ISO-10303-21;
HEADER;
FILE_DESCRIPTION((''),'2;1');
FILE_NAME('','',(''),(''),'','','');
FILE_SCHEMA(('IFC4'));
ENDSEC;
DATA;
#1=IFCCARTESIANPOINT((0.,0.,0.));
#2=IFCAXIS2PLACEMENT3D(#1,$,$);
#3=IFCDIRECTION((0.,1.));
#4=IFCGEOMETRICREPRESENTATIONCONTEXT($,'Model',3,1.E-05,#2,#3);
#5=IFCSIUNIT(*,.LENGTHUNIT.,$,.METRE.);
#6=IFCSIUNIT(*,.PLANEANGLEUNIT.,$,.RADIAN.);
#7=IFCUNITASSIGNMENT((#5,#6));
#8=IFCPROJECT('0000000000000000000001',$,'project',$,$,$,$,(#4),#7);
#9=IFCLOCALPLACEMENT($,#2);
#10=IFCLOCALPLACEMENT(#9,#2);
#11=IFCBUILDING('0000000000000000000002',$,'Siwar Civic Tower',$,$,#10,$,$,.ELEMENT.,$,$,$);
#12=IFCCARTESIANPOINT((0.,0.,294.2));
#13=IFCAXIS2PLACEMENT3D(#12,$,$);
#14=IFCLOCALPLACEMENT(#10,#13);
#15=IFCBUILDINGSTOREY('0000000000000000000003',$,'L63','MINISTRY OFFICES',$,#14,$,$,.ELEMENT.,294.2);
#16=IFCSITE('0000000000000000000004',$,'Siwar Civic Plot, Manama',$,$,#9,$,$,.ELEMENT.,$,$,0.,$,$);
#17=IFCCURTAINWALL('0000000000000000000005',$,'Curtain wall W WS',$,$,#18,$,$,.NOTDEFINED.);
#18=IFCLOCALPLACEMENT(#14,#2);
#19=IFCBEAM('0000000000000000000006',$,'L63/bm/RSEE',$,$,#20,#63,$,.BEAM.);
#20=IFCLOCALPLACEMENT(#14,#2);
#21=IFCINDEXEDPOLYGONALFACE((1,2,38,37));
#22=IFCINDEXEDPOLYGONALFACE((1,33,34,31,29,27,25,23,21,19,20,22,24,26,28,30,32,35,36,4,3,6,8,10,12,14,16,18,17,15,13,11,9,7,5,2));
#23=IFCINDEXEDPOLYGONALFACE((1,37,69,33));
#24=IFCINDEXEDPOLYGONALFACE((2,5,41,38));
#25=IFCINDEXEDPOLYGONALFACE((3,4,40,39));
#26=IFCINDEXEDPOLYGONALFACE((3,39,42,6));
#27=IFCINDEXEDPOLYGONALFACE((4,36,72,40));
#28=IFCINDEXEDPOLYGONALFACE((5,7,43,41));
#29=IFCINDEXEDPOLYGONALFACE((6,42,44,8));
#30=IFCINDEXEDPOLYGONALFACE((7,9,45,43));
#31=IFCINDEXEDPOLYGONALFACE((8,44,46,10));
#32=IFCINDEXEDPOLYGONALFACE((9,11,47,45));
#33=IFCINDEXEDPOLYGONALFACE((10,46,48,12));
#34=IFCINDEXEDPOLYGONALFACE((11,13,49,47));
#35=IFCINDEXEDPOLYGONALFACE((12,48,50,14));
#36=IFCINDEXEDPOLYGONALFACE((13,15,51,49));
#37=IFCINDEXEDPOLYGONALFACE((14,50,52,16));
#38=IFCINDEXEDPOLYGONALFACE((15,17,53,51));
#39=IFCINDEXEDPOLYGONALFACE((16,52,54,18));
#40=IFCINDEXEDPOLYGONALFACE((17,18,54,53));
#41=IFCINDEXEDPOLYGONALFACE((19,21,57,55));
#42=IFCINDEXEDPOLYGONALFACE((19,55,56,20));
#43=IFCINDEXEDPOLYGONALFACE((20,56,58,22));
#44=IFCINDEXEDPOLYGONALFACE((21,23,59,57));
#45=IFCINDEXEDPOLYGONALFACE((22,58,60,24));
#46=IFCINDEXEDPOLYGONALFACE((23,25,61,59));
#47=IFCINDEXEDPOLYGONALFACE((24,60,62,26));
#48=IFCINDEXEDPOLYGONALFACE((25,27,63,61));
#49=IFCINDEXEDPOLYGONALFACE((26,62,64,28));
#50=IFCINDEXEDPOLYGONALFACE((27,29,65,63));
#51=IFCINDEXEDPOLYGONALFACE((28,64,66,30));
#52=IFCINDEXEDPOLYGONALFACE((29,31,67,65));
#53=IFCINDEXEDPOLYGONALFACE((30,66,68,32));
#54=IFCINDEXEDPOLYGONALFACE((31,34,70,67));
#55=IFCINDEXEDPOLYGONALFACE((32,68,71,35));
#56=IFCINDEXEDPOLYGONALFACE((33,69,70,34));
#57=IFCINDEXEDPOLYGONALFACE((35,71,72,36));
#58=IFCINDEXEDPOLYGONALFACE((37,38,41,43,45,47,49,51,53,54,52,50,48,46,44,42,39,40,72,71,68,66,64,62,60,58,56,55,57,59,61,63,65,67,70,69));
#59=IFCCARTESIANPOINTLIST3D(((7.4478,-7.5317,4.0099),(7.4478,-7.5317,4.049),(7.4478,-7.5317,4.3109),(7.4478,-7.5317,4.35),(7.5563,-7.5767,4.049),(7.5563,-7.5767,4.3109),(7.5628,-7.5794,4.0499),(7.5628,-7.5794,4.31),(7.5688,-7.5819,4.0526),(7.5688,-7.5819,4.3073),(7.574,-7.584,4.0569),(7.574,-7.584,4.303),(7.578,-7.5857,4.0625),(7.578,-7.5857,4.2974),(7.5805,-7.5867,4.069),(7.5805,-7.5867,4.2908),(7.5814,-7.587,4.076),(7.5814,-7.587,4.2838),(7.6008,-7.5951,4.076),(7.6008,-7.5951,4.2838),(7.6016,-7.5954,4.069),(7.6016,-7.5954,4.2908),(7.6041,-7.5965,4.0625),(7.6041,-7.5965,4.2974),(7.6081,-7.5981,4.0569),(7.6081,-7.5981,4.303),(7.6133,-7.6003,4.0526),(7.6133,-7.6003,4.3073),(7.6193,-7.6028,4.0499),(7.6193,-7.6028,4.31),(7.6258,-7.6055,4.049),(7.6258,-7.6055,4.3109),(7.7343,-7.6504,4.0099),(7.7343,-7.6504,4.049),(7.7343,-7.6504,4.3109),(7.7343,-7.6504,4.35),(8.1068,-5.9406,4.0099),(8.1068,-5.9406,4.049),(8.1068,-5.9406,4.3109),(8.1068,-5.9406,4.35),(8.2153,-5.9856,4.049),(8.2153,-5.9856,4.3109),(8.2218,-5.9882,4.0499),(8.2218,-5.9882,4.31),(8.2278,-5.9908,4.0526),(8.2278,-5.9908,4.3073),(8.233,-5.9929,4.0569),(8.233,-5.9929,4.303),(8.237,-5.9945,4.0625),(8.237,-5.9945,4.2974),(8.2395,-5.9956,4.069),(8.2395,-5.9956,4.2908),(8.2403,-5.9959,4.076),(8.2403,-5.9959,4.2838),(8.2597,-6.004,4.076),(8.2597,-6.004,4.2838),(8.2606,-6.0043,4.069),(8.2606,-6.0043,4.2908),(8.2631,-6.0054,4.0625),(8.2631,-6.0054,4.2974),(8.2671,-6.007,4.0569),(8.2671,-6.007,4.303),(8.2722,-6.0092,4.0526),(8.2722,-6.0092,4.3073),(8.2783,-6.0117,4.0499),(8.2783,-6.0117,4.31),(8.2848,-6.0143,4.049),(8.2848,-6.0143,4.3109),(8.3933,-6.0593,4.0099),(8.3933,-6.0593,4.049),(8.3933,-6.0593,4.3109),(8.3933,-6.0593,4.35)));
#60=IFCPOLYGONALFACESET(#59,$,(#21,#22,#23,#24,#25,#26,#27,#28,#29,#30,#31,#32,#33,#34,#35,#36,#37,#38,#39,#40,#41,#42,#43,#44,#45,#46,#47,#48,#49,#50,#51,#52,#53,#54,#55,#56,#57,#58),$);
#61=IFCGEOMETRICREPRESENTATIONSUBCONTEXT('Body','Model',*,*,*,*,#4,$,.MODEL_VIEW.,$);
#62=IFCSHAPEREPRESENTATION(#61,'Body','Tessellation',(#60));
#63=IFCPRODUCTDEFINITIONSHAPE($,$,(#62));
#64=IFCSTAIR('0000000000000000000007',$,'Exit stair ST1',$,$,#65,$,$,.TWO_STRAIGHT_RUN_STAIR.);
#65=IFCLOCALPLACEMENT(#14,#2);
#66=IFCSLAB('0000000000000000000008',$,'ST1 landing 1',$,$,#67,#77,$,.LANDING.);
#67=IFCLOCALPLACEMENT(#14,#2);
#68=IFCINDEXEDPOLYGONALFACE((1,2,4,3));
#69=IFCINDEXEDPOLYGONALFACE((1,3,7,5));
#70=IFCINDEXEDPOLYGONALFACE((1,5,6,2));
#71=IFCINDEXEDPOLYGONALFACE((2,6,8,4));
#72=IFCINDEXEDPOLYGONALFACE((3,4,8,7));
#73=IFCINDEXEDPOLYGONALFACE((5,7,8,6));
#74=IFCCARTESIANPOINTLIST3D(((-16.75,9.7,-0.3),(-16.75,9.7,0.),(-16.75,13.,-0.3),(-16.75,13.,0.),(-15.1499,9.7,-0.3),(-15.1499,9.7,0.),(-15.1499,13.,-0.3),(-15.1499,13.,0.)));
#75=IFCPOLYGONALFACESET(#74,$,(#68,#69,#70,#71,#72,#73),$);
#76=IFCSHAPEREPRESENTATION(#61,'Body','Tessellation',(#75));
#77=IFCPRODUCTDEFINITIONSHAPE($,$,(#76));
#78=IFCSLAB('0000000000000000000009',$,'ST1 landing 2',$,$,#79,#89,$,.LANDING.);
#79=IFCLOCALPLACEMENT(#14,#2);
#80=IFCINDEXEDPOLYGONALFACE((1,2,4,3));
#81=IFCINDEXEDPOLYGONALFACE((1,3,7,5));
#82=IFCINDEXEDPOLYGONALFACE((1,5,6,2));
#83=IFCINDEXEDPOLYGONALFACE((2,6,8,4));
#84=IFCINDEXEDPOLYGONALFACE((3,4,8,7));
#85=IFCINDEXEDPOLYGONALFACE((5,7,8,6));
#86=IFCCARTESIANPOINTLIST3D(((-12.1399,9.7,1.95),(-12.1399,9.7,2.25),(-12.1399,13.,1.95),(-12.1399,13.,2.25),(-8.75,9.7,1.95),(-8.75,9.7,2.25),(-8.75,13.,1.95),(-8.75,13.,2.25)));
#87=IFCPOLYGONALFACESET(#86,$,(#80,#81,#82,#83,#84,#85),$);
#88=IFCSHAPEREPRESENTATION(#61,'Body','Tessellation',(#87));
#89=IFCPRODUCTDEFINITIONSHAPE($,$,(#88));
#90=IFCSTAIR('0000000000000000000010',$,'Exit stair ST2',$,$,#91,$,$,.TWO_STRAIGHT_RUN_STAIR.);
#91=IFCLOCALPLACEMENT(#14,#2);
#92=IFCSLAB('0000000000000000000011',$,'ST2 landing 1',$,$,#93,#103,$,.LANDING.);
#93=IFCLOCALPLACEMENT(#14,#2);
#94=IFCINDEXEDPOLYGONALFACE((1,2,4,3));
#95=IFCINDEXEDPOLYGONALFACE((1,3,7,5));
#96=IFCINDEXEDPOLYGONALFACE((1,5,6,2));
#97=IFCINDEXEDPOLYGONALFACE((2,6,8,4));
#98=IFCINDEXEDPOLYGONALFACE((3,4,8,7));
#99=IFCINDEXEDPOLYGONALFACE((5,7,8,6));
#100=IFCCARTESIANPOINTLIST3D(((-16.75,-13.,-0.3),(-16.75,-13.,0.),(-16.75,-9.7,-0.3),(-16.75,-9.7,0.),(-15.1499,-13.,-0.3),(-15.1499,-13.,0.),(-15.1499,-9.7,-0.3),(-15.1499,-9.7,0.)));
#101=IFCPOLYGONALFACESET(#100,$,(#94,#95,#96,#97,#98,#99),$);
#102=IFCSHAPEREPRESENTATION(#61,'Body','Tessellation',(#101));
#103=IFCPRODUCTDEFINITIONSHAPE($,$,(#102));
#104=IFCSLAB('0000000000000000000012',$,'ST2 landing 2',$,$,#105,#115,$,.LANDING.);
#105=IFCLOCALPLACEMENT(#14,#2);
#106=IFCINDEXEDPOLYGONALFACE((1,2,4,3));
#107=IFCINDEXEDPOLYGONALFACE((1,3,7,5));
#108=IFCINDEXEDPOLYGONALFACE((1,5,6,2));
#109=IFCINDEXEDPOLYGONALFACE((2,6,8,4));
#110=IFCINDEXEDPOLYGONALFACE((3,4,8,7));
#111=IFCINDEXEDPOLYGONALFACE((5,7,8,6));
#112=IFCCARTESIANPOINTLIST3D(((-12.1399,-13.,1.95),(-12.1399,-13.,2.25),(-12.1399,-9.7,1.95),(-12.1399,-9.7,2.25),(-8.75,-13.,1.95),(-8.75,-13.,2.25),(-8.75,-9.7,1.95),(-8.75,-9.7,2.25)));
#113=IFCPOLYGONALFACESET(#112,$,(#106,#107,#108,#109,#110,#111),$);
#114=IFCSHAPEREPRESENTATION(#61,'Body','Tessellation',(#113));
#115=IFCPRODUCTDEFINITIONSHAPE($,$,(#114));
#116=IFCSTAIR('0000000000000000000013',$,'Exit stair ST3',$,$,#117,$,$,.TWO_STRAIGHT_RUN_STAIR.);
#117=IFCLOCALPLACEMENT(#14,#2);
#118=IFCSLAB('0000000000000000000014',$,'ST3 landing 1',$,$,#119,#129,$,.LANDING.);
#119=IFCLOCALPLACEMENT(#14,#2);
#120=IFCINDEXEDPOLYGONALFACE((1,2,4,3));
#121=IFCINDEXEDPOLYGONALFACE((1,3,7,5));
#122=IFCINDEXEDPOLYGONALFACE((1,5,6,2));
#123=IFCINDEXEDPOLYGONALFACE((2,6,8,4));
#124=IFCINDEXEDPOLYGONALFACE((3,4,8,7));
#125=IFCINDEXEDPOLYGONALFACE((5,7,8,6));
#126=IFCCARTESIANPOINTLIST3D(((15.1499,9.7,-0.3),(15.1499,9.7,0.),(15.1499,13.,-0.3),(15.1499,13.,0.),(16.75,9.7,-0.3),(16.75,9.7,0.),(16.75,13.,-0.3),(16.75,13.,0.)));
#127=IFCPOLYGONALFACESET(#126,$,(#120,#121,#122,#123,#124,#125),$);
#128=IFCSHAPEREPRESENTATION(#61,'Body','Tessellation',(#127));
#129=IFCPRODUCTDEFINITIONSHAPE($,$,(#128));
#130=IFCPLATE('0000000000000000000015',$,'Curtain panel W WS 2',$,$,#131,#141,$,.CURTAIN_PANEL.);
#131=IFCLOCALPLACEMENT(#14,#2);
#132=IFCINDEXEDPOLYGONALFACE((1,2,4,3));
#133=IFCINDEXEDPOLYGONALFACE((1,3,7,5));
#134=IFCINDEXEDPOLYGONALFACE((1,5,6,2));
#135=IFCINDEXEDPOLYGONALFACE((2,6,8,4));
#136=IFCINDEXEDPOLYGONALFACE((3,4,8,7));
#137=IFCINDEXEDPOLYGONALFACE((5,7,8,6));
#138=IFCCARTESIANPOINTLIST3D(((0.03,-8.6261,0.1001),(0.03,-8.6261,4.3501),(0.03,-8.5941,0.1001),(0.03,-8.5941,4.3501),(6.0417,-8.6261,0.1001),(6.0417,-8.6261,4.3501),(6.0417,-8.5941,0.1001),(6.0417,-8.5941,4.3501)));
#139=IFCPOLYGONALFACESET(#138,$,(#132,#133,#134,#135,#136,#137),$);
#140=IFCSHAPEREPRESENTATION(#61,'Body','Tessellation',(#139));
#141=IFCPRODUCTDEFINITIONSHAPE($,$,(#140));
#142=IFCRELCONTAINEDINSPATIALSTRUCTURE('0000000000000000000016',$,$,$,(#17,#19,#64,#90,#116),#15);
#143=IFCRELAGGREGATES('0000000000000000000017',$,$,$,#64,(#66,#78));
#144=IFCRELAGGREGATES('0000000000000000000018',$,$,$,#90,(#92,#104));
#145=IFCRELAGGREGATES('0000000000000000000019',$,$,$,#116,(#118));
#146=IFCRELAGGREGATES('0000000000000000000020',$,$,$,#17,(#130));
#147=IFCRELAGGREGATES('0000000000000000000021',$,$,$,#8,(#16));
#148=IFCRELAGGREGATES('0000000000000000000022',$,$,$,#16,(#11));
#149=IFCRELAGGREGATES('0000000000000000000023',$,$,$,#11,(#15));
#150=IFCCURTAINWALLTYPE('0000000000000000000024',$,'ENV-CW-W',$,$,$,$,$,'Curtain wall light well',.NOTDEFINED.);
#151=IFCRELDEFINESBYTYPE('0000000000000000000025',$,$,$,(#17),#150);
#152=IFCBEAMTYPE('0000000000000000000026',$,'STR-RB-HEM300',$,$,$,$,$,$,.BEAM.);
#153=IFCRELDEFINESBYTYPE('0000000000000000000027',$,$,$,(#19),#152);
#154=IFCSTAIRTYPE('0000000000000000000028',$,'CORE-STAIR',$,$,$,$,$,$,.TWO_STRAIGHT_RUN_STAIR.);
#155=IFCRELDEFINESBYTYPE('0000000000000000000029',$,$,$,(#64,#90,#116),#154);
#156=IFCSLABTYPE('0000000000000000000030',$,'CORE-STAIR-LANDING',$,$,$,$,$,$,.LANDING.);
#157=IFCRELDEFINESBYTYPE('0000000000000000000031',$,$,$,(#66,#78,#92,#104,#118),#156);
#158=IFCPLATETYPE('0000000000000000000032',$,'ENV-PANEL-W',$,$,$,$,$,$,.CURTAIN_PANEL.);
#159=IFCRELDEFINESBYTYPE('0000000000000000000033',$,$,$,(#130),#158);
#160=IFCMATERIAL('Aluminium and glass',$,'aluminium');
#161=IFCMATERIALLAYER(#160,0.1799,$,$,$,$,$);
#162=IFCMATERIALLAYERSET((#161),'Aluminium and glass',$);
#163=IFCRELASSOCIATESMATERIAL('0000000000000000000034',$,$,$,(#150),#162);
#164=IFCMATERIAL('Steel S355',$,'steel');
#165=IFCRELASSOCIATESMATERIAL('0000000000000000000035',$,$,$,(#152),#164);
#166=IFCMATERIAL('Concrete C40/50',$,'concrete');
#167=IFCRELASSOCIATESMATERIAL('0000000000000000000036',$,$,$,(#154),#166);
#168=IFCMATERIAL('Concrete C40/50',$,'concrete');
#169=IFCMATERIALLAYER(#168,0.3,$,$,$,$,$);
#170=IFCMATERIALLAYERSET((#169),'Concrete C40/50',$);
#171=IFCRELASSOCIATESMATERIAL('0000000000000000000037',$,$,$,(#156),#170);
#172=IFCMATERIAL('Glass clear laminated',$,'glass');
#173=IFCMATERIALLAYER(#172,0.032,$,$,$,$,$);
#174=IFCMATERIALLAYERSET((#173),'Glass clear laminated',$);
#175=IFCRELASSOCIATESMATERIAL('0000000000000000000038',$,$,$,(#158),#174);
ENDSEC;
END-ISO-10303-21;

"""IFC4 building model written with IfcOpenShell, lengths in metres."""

from ifc_helpers import new_model, si_unit, direction, frame, origin, origin_2d, place, context, subcontext, project, spatial, polyline, rectangle, i_section, outline, extrude, material, layer, layer_set, material_profile, profile_set, type_object, element, aggregate, save


model = new_model("IFC4")

# Units and contexts
model_context = context("Model", 3, precision=1e-05, world=origin(), true_north=direction((0.0, 1.0)))
body_context = subcontext(model_context, "Body", "Model", "MODEL_VIEW")
ifc_project = project(units=[si_unit("LENGTHUNIT", "METRE"), si_unit("PLANEANGLEUNIT", "RADIAN")], contexts=[model_context])

# Site, building, storey
site_placement = place(None, origin())
site = spatial("IfcSite", under=ifc_project, at=site_placement, Name="Siwar Civic Plot, Manama", CompositionType="ELEMENT", RefElevation=0.0)
building_placement = place(site_placement, origin())
building = spatial("IfcBuilding", under=site, at=building_placement, Name="Siwar Civic Tower", CompositionType="ELEMENT")
storey_placement = place(building_placement, frame((0.0, 0.0, 294.2)))
storey = spatial("IfcBuildingStorey", under=building, at=storey_placement, Name="L63", Description="MINISTRY OFFICES", CompositionType="ELEMENT", Elevation=294.2)

# Curtain wall
ifc_material_1 = material(Name="Aluminium and glass", Category="aluminium")
ifc_layer_1 = layer(ifc_material_1, 0.1799)
ifc_layer_set_1 = layer_set([ifc_layer_1], Name="Aluminium and glass")
curtain_wall_type = type_object("IfcCurtainWallType", Name="ENV-CW-W", ElementType="Curtain wall light well", PredefinedType="NOTDEFINED", material=ifc_layer_set_1)
curtain_wall_placement = place(storey_placement, origin())
curtain_wall = element("IfcCurtainWall", 1, at=curtain_wall_placement, inside=storey, type_object=curtain_wall_type, Name="Curtain wall W WS", PredefinedType="NOTDEFINED")

# Beam
ifc_material_2 = material(Name="Steel S355", Category="steel")
ifc_material_profile_1 = material_profile(ifc_material_2, i_section(OverallWidth=0.3101, OverallDepth=0.3401, WebThickness=0.021, FlangeThickness=0.0391, FilletRadius=0.0271, at=origin_2d()), Name="HEM300")
ifc_profile_set_1 = profile_set([ifc_material_profile_1], Name="Steel S355")
beam_type = type_object("IfcBeamType", Name="STR-RB-HEM300", PredefinedType="BEAM", material=ifc_profile_set_1)
for number, where, z_axis, x_axis, name in (
    (2, (7.5911, -7.5911, 4.1799), (0.382631, 0.923901, 0.0), (-0.923901, 0.382631, 0.0), "L63/bm/RSEE"),
):
    element("IfcBeam", number, at=place(storey_placement, frame(where, z_axis=z_axis, x_axis=x_axis)), inside=storey, type_object=beam_type, Name=name, PredefinedType="BEAM", context=body_context, shape_type="SweptSolid", body=[
        extrude(i_section(OverallWidth=0.3101, OverallDepth=0.3401, WebThickness=0.021, FlangeThickness=0.0391, FilletRadius=0.0271, at=origin_2d()), origin(), (0.0, 0.0, 1.0), 1.7222),
    ])

# Stairs, slabs
ifc_material_3 = material(Name="Concrete C40/50", Category="concrete")
stair_type = type_object("IfcStairType", Name="CORE-STAIR", PredefinedType="TWO_STRAIGHT_RUN_STAIR", material=ifc_material_3)
stair_1_placement = place(storey_placement, origin())
stair_1 = element("IfcStair", 3, at=stair_1_placement, inside=storey, type_object=stair_type, Name="Exit stair ST1", PredefinedType="TWO_STRAIGHT_RUN_STAIR")
ifc_material_4 = material(Name="Concrete C40/50", Category="concrete")
ifc_layer_2 = layer(ifc_material_4, 0.3)
ifc_layer_set_2 = layer_set([ifc_layer_2], Name="Concrete C40/50")
slab_type_1 = type_object("IfcSlabType", Name="CORE-STAIR-LANDING", PredefinedType="LANDING", material=ifc_layer_set_2)
slab_1_placement = place(storey_placement, frame((0.0, 0.0, -0.3)))
slab_1 = element("IfcSlab", 4, at=slab_1_placement, type_object=slab_type_1, Name="ST1 landing 1", PredefinedType="LANDING", context=body_context, shape_type="SweptSolid", body=[
    extrude(outline(polyline([(-15.1499, 13.0), (-16.75, 13.0), (-16.75, 9.7), (-15.1499, 9.7), (-15.1499, 13.0)])), origin(), (0.0, 0.0, 1.0), 0.3),
])
slab_2_placement = place(storey_placement, frame((0.0, 0.0, 1.95)))
slab_2 = element("IfcSlab", 5, at=slab_2_placement, type_object=slab_type_1, Name="ST1 landing 2", PredefinedType="LANDING", context=body_context, shape_type="SweptSolid", body=[
    extrude(outline(polyline([(-8.75, 13.0), (-12.1399, 13.0), (-12.1399, 9.7), (-8.75, 9.7), (-8.75, 13.0)])), origin(), (0.0, 0.0, 1.0), 0.3),
])
aggregate(stair_1, [slab_1, slab_2])
stair_2_placement = place(storey_placement, origin())
stair_2 = element("IfcStair", 6, at=stair_2_placement, inside=storey, type_object=stair_type, Name="Exit stair ST2", PredefinedType="TWO_STRAIGHT_RUN_STAIR")
slab_3_placement = place(storey_placement, frame((0.0, 0.0, -0.3)))
slab_3 = element("IfcSlab", 7, at=slab_3_placement, type_object=slab_type_1, Name="ST2 landing 1", PredefinedType="LANDING", context=body_context, shape_type="SweptSolid", body=[
    extrude(outline(polyline([(-15.1499, -9.7), (-16.75, -9.7), (-16.75, -13.0), (-15.1499, -13.0), (-15.1499, -9.7)])), origin(), (0.0, 0.0, 1.0), 0.3),
])
slab_4_placement = place(storey_placement, frame((0.0, 0.0, 1.95)))
slab_4 = element("IfcSlab", 8, at=slab_4_placement, type_object=slab_type_1, Name="ST2 landing 2", PredefinedType="LANDING", context=body_context, shape_type="SweptSolid", body=[
    extrude(outline(polyline([(-8.75, -9.7), (-12.1399, -9.7), (-12.1399, -13.0), (-8.75, -13.0), (-8.75, -9.7)])), origin(), (0.0, 0.0, 1.0), 0.3),
])
aggregate(stair_2, [slab_3, slab_4])

# Stair, slab
stair_3_placement = place(storey_placement, origin())
stair_3 = element("IfcStair", 9, at=stair_3_placement, inside=storey, type_object=stair_type, Name="Exit stair ST3", PredefinedType="TWO_STRAIGHT_RUN_STAIR")
slab_5_placement = place(storey_placement, frame((0.0, 0.0, -0.3)))
slab_5 = element("IfcSlab", 10, at=slab_5_placement, type_object=slab_type_1, Name="ST3 landing 1", PredefinedType="LANDING", context=body_context, shape_type="SweptSolid", body=[
    extrude(outline(polyline([(15.1499, 9.7), (16.75, 9.7), (16.75, 13.0), (15.1499, 13.0), (15.1499, 9.7)])), origin(), (0.0, 0.0, 1.0), 0.3),
])
aggregate(stair_3, [slab_5])

# Plate
ifc_material_5 = material(Name="Glass clear laminated", Category="glass")
ifc_layer_3 = layer(ifc_material_5, 0.032)
ifc_layer_set_3 = layer_set([ifc_layer_3], Name="Glass clear laminated")
plate_type = type_object("IfcPlateType", Name="ENV-PANEL-W", PredefinedType="CURTAIN_PANEL", material=ifc_layer_set_3)
plate_placement = place(storey_placement, frame((3.0359, -8.6101, 0.1001), z_axis=(0.0, 0.0, 1.0), x_axis=(1.0, 0.0, 0.0)))
plate = element("IfcPlate", 11, at=plate_placement, type_object=plate_type, Name="Curtain panel W WS 2", PredefinedType="CURTAIN_PANEL", context=body_context, shape_type="SweptSolid", body=[
    extrude(rectangle(XDim=6.0117, YDim=0.032, at=origin_2d()), origin(), (0.0, 0.0, 1.0), 4.25),
])
aggregate(curtain_wall, [plate])

save(model, "model.ifc")
